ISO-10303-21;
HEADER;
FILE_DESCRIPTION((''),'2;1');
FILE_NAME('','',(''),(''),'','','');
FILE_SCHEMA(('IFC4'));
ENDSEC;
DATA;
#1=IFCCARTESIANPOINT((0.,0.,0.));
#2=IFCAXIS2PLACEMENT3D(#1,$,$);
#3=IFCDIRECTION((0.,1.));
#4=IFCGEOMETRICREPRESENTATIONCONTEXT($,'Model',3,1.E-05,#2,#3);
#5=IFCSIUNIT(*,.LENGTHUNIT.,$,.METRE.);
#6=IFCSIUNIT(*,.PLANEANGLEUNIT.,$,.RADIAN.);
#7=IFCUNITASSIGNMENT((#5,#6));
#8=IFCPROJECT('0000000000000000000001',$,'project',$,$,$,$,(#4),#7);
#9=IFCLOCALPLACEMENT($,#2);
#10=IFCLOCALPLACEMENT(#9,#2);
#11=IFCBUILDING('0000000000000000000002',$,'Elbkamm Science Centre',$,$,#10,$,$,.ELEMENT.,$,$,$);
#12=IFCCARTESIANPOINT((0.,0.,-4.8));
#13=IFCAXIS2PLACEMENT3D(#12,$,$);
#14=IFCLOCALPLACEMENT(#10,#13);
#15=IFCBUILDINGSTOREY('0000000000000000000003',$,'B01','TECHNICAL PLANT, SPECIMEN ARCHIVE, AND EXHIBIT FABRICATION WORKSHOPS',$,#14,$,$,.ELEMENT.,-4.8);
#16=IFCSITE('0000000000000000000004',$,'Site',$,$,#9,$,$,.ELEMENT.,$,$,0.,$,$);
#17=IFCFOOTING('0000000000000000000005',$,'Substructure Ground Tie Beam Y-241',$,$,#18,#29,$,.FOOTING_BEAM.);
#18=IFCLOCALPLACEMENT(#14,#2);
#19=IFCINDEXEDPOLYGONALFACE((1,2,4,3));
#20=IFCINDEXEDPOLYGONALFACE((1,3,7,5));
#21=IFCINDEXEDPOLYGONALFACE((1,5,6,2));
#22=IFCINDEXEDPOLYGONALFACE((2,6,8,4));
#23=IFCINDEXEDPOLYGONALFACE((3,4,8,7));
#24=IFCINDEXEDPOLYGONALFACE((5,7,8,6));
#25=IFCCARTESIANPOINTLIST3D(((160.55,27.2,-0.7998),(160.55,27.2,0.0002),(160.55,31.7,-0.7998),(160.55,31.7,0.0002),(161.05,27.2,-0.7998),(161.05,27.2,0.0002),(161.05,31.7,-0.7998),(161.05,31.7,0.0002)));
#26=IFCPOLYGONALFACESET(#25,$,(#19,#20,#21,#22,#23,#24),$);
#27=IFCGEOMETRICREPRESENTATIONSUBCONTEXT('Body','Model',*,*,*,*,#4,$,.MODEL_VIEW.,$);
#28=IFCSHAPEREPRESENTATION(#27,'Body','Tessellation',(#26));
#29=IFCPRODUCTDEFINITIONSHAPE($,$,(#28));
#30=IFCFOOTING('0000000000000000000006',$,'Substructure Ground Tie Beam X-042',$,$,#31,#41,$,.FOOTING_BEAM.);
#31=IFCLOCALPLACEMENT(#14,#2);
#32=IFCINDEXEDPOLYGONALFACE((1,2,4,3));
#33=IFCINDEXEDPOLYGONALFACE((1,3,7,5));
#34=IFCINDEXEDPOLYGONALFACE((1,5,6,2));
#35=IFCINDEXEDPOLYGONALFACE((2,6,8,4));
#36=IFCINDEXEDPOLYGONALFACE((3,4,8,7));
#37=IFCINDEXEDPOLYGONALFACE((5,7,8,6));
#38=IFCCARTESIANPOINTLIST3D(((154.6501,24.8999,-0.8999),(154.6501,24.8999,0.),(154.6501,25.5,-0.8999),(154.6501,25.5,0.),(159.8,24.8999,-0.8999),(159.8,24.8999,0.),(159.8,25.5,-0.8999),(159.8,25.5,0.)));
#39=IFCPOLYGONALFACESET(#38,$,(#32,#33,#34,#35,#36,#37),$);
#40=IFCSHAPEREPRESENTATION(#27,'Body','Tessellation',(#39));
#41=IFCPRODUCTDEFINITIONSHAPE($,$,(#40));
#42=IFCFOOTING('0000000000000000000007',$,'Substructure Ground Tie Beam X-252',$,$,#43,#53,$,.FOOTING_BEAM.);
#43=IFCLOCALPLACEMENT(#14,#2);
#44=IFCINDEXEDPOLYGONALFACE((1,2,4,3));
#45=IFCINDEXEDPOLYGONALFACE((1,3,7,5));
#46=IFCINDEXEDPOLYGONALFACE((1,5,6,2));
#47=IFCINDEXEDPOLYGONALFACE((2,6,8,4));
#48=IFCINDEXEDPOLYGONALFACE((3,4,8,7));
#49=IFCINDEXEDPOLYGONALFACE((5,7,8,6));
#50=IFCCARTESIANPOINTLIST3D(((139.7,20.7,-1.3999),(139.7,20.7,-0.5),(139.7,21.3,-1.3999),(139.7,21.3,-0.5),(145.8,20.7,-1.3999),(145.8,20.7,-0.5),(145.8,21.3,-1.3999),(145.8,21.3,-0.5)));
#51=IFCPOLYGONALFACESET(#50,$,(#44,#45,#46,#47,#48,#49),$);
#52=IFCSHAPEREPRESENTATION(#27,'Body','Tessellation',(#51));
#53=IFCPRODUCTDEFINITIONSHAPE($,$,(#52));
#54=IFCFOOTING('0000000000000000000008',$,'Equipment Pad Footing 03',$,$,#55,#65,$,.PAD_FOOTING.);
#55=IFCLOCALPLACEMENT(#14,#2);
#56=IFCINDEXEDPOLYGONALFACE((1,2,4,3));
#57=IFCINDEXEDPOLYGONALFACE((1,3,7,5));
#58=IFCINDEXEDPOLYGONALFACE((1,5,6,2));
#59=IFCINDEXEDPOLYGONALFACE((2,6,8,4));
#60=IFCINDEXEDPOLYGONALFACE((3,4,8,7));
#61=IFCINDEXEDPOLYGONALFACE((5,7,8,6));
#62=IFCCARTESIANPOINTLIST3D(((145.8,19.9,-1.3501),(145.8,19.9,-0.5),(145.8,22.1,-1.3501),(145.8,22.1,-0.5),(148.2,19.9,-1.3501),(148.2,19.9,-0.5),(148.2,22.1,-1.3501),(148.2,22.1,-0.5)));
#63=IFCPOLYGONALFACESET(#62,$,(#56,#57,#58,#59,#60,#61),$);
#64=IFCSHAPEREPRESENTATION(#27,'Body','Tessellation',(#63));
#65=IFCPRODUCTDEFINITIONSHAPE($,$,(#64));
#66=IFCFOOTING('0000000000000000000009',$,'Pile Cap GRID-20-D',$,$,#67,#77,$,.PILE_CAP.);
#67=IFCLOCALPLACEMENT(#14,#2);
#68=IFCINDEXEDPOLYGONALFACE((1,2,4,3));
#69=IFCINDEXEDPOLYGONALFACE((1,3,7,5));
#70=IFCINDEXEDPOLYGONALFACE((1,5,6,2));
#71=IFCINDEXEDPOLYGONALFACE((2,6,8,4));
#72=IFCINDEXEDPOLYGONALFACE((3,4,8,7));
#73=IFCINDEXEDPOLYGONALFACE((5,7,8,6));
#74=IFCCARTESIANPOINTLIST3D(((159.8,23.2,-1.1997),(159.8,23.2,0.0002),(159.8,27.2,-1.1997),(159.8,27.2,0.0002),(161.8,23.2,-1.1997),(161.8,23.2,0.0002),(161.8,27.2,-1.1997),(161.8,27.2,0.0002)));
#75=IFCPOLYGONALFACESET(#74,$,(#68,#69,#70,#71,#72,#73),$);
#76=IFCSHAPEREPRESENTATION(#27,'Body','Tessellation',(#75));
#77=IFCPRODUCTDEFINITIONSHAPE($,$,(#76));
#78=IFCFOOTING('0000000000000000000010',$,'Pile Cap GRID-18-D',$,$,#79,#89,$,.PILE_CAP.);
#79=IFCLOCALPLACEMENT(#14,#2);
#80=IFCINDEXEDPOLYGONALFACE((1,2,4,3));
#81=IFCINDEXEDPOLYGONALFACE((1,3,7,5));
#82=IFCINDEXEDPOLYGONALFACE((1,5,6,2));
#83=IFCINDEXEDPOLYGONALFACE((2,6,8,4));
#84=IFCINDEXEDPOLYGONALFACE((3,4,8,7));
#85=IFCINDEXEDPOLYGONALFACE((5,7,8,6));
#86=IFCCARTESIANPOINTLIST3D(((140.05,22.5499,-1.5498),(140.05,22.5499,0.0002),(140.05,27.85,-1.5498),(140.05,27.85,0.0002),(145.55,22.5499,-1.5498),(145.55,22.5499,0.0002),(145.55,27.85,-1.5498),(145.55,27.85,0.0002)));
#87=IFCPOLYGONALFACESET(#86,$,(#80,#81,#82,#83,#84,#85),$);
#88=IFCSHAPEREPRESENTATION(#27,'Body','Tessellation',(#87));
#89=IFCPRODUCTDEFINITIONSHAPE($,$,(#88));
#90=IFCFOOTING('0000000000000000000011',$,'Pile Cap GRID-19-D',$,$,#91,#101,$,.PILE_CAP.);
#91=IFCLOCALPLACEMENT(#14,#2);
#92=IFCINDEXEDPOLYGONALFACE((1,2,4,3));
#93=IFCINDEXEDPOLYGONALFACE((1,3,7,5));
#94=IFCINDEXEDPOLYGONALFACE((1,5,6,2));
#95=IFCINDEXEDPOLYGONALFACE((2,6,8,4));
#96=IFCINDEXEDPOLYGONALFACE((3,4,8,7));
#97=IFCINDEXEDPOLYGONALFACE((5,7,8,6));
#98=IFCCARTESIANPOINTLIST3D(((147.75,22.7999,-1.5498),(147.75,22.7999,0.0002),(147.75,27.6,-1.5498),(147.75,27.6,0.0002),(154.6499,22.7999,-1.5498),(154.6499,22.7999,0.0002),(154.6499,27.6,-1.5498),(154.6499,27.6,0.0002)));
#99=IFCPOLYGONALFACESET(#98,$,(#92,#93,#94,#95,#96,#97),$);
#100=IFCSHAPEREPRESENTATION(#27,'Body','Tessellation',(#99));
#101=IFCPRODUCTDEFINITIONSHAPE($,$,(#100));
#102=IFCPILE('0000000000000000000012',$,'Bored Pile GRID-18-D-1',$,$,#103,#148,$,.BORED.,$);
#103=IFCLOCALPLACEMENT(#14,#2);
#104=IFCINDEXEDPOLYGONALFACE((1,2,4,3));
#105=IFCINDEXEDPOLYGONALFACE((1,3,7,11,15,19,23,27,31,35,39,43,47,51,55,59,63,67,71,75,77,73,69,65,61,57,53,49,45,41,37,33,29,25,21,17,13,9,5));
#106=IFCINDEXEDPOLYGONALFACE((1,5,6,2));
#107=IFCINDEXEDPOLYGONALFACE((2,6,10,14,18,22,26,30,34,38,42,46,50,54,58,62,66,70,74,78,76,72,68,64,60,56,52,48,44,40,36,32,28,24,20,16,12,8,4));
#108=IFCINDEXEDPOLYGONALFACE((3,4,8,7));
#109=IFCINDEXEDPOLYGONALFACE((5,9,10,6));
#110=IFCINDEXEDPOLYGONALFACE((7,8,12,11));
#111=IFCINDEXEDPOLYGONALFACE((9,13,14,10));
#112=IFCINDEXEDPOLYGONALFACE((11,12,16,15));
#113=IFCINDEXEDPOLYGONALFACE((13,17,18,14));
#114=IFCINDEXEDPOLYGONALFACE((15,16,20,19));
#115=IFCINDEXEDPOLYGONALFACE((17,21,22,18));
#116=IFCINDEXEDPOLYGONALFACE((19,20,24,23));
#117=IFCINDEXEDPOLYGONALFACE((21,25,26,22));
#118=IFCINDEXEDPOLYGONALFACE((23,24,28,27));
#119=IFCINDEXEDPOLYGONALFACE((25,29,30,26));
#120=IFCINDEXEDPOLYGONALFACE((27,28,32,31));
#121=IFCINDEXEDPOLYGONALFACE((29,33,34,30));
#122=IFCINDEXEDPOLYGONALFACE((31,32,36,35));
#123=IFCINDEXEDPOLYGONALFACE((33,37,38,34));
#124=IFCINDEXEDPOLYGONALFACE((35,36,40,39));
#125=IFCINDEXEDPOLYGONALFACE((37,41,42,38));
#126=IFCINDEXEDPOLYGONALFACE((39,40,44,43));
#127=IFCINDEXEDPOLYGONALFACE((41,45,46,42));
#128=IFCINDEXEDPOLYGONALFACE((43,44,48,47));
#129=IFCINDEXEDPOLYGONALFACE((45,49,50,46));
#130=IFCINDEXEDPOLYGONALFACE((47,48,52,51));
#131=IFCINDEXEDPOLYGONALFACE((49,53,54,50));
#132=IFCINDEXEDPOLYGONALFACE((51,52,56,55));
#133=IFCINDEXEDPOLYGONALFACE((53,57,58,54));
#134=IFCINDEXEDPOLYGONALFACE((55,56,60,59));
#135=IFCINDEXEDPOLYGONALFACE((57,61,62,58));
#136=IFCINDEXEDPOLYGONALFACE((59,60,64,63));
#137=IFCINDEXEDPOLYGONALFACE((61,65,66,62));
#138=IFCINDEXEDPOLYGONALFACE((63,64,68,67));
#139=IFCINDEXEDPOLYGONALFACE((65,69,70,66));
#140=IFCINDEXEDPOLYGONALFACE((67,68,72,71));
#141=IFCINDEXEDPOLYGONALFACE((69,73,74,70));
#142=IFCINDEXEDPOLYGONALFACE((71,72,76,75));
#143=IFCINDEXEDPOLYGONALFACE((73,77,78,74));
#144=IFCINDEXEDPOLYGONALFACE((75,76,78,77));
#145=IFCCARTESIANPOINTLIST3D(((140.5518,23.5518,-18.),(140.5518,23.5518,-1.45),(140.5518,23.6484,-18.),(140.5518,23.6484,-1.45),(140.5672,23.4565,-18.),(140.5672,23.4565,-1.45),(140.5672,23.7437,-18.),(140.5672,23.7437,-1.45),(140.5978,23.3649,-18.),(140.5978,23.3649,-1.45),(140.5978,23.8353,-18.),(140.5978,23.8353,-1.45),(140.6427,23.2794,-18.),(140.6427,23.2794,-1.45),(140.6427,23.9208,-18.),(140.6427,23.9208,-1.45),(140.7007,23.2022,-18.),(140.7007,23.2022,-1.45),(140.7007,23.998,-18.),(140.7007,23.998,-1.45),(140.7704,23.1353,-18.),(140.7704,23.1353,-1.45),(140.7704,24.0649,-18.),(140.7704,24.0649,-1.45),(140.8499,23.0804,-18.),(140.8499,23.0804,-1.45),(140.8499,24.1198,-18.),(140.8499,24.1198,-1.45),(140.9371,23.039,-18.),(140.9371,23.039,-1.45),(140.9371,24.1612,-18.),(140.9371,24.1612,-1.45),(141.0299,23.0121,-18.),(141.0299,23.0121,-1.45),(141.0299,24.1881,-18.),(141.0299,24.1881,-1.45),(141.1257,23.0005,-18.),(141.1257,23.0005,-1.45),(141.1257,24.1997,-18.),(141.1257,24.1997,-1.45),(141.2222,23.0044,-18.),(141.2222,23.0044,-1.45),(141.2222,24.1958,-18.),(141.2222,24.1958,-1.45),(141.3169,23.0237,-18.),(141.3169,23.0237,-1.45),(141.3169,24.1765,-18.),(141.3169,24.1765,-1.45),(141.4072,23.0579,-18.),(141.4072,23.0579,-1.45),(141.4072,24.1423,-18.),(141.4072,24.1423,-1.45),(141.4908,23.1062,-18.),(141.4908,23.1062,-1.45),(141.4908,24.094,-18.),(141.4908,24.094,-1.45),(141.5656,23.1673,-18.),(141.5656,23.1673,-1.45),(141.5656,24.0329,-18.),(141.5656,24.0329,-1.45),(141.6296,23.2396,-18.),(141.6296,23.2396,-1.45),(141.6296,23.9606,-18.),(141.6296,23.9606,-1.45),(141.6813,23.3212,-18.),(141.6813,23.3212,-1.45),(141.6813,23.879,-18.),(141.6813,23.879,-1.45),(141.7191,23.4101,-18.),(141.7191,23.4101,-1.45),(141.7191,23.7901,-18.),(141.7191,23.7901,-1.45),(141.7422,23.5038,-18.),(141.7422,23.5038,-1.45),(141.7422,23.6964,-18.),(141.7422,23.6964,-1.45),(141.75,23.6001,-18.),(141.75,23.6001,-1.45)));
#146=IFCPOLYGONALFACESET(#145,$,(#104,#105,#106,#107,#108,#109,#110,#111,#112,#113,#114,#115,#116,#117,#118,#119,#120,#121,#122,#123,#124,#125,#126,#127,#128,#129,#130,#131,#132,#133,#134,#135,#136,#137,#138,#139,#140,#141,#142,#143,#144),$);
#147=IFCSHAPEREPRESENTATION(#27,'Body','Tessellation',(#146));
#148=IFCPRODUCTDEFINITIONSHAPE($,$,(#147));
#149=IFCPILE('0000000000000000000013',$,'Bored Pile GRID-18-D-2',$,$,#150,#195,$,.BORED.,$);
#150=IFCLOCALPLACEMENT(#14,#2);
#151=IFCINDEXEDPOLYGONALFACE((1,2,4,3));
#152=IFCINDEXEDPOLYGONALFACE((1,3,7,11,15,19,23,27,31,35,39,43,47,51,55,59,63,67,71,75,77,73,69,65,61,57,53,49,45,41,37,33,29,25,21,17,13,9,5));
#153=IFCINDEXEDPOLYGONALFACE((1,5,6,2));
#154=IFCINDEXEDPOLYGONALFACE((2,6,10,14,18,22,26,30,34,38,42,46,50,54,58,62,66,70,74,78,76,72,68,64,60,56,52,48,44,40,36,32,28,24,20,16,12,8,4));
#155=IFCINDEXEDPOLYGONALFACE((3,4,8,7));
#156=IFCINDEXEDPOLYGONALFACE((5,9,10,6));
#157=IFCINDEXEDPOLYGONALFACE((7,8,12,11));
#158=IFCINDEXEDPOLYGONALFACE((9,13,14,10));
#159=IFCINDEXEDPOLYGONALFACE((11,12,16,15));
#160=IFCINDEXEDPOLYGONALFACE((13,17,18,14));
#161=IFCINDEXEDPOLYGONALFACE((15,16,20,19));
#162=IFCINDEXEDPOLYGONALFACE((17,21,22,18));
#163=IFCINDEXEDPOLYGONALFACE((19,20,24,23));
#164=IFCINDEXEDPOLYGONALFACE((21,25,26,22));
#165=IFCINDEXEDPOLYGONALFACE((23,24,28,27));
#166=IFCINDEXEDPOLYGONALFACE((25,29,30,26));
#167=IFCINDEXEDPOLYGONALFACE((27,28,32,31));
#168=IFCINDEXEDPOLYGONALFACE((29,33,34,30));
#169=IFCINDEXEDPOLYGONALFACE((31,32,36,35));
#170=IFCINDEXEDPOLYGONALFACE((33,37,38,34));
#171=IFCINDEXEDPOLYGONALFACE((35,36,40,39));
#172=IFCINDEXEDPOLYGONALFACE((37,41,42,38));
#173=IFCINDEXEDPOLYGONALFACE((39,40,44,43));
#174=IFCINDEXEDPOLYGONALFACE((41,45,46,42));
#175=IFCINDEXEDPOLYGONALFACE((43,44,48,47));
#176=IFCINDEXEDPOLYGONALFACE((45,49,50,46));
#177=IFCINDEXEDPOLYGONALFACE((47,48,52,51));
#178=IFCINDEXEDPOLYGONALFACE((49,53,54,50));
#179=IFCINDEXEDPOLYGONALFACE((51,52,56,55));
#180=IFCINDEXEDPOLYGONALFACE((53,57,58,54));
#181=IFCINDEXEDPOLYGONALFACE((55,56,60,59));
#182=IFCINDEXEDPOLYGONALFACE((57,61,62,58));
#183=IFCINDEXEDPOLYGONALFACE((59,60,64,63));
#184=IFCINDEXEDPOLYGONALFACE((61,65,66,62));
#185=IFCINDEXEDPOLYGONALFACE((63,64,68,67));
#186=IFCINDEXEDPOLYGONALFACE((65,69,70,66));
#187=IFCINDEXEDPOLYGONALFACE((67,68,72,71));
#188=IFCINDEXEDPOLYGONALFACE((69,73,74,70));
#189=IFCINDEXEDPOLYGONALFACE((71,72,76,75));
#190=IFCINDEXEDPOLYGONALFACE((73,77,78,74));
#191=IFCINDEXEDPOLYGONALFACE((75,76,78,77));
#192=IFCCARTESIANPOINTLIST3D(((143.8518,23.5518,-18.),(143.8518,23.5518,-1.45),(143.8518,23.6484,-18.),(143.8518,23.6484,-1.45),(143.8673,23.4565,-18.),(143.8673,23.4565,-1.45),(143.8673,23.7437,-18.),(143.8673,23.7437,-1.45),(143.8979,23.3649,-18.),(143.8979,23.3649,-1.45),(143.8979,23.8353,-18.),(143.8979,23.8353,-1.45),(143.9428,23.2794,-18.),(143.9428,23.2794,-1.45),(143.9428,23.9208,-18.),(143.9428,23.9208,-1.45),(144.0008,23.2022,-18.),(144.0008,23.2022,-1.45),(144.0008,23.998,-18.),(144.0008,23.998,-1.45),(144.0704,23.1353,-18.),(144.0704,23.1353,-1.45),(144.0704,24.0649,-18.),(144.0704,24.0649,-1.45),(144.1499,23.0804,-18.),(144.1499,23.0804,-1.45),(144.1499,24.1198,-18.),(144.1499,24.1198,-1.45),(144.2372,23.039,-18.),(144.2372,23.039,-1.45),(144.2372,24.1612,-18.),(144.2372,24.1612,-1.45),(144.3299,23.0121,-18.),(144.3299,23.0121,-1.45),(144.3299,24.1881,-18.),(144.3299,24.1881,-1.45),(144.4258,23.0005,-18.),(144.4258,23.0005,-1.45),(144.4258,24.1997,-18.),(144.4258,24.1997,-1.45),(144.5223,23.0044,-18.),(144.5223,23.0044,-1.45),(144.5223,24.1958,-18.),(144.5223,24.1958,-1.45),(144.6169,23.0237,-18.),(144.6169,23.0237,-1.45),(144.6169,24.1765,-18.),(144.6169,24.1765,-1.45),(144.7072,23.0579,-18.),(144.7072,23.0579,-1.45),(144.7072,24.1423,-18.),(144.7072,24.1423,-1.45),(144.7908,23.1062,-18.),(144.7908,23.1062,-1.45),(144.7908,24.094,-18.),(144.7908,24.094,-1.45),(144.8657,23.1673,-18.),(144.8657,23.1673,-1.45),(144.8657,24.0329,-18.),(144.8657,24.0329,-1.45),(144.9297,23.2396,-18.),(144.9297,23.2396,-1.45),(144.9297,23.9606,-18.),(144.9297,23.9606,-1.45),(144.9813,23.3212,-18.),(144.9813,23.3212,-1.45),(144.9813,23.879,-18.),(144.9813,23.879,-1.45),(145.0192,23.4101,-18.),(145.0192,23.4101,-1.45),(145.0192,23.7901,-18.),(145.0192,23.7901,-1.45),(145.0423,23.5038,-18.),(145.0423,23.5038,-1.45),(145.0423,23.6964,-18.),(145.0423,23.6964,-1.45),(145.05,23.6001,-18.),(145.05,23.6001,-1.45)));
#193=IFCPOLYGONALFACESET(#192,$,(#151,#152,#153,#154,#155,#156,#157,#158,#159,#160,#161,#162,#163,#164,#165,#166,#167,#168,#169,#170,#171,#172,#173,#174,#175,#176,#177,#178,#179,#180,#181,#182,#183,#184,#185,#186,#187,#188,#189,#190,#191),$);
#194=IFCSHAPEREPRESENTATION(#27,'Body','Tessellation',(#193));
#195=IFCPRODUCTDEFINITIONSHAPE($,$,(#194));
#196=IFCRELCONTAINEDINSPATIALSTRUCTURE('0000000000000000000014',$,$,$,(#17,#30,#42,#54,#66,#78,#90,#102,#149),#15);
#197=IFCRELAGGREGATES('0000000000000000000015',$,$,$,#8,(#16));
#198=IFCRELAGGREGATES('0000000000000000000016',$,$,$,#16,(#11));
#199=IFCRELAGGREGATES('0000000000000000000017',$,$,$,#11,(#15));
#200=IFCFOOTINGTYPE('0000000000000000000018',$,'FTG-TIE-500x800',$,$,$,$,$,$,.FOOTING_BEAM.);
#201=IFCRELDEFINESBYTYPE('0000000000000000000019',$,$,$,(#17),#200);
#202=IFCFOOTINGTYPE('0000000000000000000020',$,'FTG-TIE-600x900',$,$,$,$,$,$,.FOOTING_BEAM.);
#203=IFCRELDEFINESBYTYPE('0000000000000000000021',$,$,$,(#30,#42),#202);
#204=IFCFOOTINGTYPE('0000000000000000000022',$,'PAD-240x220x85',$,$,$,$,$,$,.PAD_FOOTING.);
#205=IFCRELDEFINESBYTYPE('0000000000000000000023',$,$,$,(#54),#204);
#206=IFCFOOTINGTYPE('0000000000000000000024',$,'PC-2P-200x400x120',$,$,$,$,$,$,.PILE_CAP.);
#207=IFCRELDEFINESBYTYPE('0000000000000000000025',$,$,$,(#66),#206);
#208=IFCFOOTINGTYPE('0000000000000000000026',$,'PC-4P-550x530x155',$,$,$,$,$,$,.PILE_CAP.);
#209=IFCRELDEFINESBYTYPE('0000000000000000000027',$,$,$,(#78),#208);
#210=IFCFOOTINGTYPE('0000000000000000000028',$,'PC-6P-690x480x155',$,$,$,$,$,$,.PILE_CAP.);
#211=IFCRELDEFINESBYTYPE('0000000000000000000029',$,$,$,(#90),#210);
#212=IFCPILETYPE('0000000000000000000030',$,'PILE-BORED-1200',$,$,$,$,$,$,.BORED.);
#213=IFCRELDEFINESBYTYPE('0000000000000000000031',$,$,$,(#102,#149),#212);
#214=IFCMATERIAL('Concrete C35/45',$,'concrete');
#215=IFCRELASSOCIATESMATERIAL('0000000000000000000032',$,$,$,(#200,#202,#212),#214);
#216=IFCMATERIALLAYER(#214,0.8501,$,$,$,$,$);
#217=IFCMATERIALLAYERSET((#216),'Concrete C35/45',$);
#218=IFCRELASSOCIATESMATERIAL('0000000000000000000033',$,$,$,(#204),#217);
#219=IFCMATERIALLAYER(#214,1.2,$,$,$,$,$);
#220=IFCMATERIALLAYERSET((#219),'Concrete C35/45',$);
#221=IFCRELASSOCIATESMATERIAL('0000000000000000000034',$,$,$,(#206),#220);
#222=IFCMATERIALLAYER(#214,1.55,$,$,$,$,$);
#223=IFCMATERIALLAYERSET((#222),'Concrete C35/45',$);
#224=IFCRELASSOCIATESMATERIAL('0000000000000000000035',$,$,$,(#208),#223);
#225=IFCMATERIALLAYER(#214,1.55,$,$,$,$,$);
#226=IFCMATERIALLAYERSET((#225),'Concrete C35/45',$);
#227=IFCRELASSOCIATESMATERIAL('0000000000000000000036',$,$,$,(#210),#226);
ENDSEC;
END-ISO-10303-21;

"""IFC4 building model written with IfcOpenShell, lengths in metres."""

from ifc_helpers import new_model, si_unit, direction, frame, origin, origin_2d, place, context, subcontext, project, spatial, rectangle, circle, extrude, material, layer, layer_set, material_profile, profile_set, type_object, element, save


model = new_model("IFC4")

# Units and contexts
model_context = context("Model", 3, precision=1e-05, world=origin(), true_north=direction((0.0, 1.0)))
body_context = subcontext(model_context, "Body", "Model", "MODEL_VIEW")
ifc_project = project(units=[si_unit("LENGTHUNIT", "METRE"), si_unit("PLANEANGLEUNIT", "RADIAN")], contexts=[model_context])

# Site, building, storey
site_placement = place(None, origin())
site = spatial("IfcSite", under=ifc_project, at=site_placement, Name="Site", CompositionType="ELEMENT", RefElevation=0.0)
building_placement = place(site_placement, origin())
building = spatial("IfcBuilding", under=site, at=building_placement, Name="Elbkamm Science Centre", CompositionType="ELEMENT")
storey_placement = place(building_placement, frame((0.0, 0.0, -4.8)))
storey = spatial("IfcBuildingStorey", under=building, at=storey_placement, Name="B01", Description="TECHNICAL PLANT, SPECIMEN ARCHIVE, AND EXHIBIT FABRICATION WORKSHOPS", CompositionType="ELEMENT", Elevation=-4.8)

# Footings
ifc_material_1 = material(Name="Concrete C35/45", Category="concrete")
footing_type_1 = type_object("IfcFootingType", Name="FTG-TIE-500x800", PredefinedType="FOOTING_BEAM", material=ifc_material_1)
footing_1_placement = place(storey_placement, frame((160.8, 29.45, -0.7998), z_axis=(0.0, 0.0, 1.0), x_axis=(1.0, 0.0, 0.0)))
element("IfcFooting", 1, at=footing_1_placement, inside=storey, type_object=footing_type_1, Name="Substructure Ground Tie Beam Y-241", PredefinedType="FOOTING_BEAM", context=body_context, shape_type="SweptSolid", body=[
    extrude(rectangle(XDim=0.5, YDim=4.5, at=origin_2d()), origin(), (0.0, 0.0, 1.0), 0.8),
])
footing_type_2 = type_object("IfcFootingType", Name="FTG-TIE-600x900", PredefinedType="FOOTING_BEAM", material=ifc_material_1)
footing_2_placement = place(storey_placement, frame((157.2251, 25.2, -0.8999), z_axis=(0.0, 0.0, 1.0), x_axis=(1.0, 0.0, 0.0)))
element("IfcFooting", 2, at=footing_2_placement, inside=storey, type_object=footing_type_2, Name="Substructure Ground Tie Beam X-042", PredefinedType="FOOTING_BEAM", context=body_context, shape_type="SweptSolid", body=[
    extrude(rectangle(XDim=5.1499, YDim=0.6001, at=origin_2d()), origin(), (0.0, 0.0, 1.0), 0.8999),
])
footing_3_placement = place(storey_placement, frame((142.75, 21.0, -1.3999), z_axis=(0.0, 0.0, 1.0), x_axis=(1.0, 0.0, 0.0)))
element("IfcFooting", 3, at=footing_3_placement, inside=storey, type_object=footing_type_2, Name="Substructure Ground Tie Beam X-252", PredefinedType="FOOTING_BEAM", context=body_context, shape_type="SweptSolid", body=[
    extrude(rectangle(XDim=6.1001, YDim=0.6001, at=origin_2d()), origin(), (0.0, 0.0, 1.0), 0.8999),
])
ifc_layer_1 = layer(ifc_material_1, 0.8501)
ifc_layer_set_1 = layer_set([ifc_layer_1], Name="Concrete C35/45")
footing_type_3 = type_object("IfcFootingType", Name="PAD-240x220x85", PredefinedType="PAD_FOOTING", material=ifc_layer_set_1)
footing_4_placement = place(storey_placement, frame((147.0, 21.0, -1.3501), z_axis=(0.0, 0.0, 1.0), x_axis=(1.0, 0.0, 0.0)))
element("IfcFooting", 4, at=footing_4_placement, inside=storey, type_object=footing_type_3, Name="Equipment Pad Footing 03", PredefinedType="PAD_FOOTING", context=body_context, shape_type="SweptSolid", body=[
    extrude(rectangle(XDim=2.3999, YDim=2.2, at=origin_2d()), origin(), (0.0, 0.0, 1.0), 0.8501),
])
ifc_layer_2 = layer(ifc_material_1, 1.2)
ifc_layer_set_2 = layer_set([ifc_layer_2], Name="Concrete C35/45")
footing_type_4 = type_object("IfcFootingType", Name="PC-2P-200x400x120", PredefinedType="PILE_CAP", material=ifc_layer_set_2)
footing_5_placement = place(storey_placement, frame((160.8, 25.2, -1.1997), z_axis=(0.0, 0.0, 1.0), x_axis=(1.0, 0.0, 0.0)))
element("IfcFooting", 5, at=footing_5_placement, inside=storey, type_object=footing_type_4, Name="Pile Cap GRID-20-D", PredefinedType="PILE_CAP", context=body_context, shape_type="SweptSolid", body=[
    extrude(rectangle(XDim=2.0, YDim=4.0, at=origin_2d()), origin(), (0.0, 0.0, 1.0), 1.2),
])
ifc_layer_3 = layer(ifc_material_1, 1.55)
ifc_layer_set_3 = layer_set([ifc_layer_3], Name="Concrete C35/45")
footing_type_5 = type_object("IfcFootingType", Name="PC-4P-550x530x155", PredefinedType="PILE_CAP", material=ifc_layer_set_3)
footing_6_placement = place(storey_placement, frame((142.8, 25.2, -1.5498), z_axis=(0.0, 0.0, 1.0), x_axis=(1.0, 0.0, 0.0)))
element("IfcFooting", 6, at=footing_6_placement, inside=storey, type_object=footing_type_5, Name="Pile Cap GRID-18-D", PredefinedType="PILE_CAP", context=body_context, shape_type="SweptSolid", body=[
    extrude(rectangle(XDim=5.5, YDim=5.3, at=origin_2d()), origin(), (0.0, 0.0, 1.0), 1.55),
])
ifc_layer_4 = layer(ifc_material_1, 1.55)
ifc_layer_set_4 = layer_set([ifc_layer_4], Name="Concrete C35/45")
footing_type_6 = type_object("IfcFootingType", Name="PC-6P-690x480x155", PredefinedType="PILE_CAP", material=ifc_layer_set_4)
footing_7_placement = place(storey_placement, frame((151.2, 25.2, -1.5498), z_axis=(0.0, 0.0, 1.0), x_axis=(1.0, 0.0, 0.0)))
element("IfcFooting", 7, at=footing_7_placement, inside=storey, type_object=footing_type_6, Name="Pile Cap GRID-19-D", PredefinedType="PILE_CAP", context=body_context, shape_type="SweptSolid", body=[
    extrude(rectangle(XDim=6.8999, YDim=4.8, at=origin_2d()), origin(), (0.0, 0.0, 1.0), 1.55),
])

# Piles
ifc_material_profile_1 = material_profile(ifc_material_1, circle(Radius=0.6001, at=origin_2d()), Name="PILE D1200")
ifc_profile_set_1 = profile_set([ifc_material_profile_1], Name="Concrete C35/45")
pile_type_1 = type_object("IfcPileType", Name="PILE-BORED-1200", PredefinedType="BORED", material=ifc_profile_set_1)
for number, where, z_axis, x_axis, name in (
    (8, (141.1499, 23.6001, -1.45), (0.0, 0.0, -1.0), (1.0, 0.0, 0.0), "Bored Pile GRID-18-D-1"),
    (9, (144.45, 23.6001, -1.45), (0.0, 0.0, -1.0), (1.0, 0.0, 0.0), "Bored Pile GRID-18-D-2"),
):
    element("IfcPile", number, at=place(storey_placement, frame(where, z_axis=z_axis, x_axis=x_axis)), inside=storey, type_object=pile_type_1, Name=name, PredefinedType="BORED", context=body_context, shape_type="SweptSolid", body=[
        extrude(circle(Radius=0.6001, at=origin_2d()), origin(), (0.0, 0.0, 1.0), 16.55),
    ])

save(model, "model.ifc")
